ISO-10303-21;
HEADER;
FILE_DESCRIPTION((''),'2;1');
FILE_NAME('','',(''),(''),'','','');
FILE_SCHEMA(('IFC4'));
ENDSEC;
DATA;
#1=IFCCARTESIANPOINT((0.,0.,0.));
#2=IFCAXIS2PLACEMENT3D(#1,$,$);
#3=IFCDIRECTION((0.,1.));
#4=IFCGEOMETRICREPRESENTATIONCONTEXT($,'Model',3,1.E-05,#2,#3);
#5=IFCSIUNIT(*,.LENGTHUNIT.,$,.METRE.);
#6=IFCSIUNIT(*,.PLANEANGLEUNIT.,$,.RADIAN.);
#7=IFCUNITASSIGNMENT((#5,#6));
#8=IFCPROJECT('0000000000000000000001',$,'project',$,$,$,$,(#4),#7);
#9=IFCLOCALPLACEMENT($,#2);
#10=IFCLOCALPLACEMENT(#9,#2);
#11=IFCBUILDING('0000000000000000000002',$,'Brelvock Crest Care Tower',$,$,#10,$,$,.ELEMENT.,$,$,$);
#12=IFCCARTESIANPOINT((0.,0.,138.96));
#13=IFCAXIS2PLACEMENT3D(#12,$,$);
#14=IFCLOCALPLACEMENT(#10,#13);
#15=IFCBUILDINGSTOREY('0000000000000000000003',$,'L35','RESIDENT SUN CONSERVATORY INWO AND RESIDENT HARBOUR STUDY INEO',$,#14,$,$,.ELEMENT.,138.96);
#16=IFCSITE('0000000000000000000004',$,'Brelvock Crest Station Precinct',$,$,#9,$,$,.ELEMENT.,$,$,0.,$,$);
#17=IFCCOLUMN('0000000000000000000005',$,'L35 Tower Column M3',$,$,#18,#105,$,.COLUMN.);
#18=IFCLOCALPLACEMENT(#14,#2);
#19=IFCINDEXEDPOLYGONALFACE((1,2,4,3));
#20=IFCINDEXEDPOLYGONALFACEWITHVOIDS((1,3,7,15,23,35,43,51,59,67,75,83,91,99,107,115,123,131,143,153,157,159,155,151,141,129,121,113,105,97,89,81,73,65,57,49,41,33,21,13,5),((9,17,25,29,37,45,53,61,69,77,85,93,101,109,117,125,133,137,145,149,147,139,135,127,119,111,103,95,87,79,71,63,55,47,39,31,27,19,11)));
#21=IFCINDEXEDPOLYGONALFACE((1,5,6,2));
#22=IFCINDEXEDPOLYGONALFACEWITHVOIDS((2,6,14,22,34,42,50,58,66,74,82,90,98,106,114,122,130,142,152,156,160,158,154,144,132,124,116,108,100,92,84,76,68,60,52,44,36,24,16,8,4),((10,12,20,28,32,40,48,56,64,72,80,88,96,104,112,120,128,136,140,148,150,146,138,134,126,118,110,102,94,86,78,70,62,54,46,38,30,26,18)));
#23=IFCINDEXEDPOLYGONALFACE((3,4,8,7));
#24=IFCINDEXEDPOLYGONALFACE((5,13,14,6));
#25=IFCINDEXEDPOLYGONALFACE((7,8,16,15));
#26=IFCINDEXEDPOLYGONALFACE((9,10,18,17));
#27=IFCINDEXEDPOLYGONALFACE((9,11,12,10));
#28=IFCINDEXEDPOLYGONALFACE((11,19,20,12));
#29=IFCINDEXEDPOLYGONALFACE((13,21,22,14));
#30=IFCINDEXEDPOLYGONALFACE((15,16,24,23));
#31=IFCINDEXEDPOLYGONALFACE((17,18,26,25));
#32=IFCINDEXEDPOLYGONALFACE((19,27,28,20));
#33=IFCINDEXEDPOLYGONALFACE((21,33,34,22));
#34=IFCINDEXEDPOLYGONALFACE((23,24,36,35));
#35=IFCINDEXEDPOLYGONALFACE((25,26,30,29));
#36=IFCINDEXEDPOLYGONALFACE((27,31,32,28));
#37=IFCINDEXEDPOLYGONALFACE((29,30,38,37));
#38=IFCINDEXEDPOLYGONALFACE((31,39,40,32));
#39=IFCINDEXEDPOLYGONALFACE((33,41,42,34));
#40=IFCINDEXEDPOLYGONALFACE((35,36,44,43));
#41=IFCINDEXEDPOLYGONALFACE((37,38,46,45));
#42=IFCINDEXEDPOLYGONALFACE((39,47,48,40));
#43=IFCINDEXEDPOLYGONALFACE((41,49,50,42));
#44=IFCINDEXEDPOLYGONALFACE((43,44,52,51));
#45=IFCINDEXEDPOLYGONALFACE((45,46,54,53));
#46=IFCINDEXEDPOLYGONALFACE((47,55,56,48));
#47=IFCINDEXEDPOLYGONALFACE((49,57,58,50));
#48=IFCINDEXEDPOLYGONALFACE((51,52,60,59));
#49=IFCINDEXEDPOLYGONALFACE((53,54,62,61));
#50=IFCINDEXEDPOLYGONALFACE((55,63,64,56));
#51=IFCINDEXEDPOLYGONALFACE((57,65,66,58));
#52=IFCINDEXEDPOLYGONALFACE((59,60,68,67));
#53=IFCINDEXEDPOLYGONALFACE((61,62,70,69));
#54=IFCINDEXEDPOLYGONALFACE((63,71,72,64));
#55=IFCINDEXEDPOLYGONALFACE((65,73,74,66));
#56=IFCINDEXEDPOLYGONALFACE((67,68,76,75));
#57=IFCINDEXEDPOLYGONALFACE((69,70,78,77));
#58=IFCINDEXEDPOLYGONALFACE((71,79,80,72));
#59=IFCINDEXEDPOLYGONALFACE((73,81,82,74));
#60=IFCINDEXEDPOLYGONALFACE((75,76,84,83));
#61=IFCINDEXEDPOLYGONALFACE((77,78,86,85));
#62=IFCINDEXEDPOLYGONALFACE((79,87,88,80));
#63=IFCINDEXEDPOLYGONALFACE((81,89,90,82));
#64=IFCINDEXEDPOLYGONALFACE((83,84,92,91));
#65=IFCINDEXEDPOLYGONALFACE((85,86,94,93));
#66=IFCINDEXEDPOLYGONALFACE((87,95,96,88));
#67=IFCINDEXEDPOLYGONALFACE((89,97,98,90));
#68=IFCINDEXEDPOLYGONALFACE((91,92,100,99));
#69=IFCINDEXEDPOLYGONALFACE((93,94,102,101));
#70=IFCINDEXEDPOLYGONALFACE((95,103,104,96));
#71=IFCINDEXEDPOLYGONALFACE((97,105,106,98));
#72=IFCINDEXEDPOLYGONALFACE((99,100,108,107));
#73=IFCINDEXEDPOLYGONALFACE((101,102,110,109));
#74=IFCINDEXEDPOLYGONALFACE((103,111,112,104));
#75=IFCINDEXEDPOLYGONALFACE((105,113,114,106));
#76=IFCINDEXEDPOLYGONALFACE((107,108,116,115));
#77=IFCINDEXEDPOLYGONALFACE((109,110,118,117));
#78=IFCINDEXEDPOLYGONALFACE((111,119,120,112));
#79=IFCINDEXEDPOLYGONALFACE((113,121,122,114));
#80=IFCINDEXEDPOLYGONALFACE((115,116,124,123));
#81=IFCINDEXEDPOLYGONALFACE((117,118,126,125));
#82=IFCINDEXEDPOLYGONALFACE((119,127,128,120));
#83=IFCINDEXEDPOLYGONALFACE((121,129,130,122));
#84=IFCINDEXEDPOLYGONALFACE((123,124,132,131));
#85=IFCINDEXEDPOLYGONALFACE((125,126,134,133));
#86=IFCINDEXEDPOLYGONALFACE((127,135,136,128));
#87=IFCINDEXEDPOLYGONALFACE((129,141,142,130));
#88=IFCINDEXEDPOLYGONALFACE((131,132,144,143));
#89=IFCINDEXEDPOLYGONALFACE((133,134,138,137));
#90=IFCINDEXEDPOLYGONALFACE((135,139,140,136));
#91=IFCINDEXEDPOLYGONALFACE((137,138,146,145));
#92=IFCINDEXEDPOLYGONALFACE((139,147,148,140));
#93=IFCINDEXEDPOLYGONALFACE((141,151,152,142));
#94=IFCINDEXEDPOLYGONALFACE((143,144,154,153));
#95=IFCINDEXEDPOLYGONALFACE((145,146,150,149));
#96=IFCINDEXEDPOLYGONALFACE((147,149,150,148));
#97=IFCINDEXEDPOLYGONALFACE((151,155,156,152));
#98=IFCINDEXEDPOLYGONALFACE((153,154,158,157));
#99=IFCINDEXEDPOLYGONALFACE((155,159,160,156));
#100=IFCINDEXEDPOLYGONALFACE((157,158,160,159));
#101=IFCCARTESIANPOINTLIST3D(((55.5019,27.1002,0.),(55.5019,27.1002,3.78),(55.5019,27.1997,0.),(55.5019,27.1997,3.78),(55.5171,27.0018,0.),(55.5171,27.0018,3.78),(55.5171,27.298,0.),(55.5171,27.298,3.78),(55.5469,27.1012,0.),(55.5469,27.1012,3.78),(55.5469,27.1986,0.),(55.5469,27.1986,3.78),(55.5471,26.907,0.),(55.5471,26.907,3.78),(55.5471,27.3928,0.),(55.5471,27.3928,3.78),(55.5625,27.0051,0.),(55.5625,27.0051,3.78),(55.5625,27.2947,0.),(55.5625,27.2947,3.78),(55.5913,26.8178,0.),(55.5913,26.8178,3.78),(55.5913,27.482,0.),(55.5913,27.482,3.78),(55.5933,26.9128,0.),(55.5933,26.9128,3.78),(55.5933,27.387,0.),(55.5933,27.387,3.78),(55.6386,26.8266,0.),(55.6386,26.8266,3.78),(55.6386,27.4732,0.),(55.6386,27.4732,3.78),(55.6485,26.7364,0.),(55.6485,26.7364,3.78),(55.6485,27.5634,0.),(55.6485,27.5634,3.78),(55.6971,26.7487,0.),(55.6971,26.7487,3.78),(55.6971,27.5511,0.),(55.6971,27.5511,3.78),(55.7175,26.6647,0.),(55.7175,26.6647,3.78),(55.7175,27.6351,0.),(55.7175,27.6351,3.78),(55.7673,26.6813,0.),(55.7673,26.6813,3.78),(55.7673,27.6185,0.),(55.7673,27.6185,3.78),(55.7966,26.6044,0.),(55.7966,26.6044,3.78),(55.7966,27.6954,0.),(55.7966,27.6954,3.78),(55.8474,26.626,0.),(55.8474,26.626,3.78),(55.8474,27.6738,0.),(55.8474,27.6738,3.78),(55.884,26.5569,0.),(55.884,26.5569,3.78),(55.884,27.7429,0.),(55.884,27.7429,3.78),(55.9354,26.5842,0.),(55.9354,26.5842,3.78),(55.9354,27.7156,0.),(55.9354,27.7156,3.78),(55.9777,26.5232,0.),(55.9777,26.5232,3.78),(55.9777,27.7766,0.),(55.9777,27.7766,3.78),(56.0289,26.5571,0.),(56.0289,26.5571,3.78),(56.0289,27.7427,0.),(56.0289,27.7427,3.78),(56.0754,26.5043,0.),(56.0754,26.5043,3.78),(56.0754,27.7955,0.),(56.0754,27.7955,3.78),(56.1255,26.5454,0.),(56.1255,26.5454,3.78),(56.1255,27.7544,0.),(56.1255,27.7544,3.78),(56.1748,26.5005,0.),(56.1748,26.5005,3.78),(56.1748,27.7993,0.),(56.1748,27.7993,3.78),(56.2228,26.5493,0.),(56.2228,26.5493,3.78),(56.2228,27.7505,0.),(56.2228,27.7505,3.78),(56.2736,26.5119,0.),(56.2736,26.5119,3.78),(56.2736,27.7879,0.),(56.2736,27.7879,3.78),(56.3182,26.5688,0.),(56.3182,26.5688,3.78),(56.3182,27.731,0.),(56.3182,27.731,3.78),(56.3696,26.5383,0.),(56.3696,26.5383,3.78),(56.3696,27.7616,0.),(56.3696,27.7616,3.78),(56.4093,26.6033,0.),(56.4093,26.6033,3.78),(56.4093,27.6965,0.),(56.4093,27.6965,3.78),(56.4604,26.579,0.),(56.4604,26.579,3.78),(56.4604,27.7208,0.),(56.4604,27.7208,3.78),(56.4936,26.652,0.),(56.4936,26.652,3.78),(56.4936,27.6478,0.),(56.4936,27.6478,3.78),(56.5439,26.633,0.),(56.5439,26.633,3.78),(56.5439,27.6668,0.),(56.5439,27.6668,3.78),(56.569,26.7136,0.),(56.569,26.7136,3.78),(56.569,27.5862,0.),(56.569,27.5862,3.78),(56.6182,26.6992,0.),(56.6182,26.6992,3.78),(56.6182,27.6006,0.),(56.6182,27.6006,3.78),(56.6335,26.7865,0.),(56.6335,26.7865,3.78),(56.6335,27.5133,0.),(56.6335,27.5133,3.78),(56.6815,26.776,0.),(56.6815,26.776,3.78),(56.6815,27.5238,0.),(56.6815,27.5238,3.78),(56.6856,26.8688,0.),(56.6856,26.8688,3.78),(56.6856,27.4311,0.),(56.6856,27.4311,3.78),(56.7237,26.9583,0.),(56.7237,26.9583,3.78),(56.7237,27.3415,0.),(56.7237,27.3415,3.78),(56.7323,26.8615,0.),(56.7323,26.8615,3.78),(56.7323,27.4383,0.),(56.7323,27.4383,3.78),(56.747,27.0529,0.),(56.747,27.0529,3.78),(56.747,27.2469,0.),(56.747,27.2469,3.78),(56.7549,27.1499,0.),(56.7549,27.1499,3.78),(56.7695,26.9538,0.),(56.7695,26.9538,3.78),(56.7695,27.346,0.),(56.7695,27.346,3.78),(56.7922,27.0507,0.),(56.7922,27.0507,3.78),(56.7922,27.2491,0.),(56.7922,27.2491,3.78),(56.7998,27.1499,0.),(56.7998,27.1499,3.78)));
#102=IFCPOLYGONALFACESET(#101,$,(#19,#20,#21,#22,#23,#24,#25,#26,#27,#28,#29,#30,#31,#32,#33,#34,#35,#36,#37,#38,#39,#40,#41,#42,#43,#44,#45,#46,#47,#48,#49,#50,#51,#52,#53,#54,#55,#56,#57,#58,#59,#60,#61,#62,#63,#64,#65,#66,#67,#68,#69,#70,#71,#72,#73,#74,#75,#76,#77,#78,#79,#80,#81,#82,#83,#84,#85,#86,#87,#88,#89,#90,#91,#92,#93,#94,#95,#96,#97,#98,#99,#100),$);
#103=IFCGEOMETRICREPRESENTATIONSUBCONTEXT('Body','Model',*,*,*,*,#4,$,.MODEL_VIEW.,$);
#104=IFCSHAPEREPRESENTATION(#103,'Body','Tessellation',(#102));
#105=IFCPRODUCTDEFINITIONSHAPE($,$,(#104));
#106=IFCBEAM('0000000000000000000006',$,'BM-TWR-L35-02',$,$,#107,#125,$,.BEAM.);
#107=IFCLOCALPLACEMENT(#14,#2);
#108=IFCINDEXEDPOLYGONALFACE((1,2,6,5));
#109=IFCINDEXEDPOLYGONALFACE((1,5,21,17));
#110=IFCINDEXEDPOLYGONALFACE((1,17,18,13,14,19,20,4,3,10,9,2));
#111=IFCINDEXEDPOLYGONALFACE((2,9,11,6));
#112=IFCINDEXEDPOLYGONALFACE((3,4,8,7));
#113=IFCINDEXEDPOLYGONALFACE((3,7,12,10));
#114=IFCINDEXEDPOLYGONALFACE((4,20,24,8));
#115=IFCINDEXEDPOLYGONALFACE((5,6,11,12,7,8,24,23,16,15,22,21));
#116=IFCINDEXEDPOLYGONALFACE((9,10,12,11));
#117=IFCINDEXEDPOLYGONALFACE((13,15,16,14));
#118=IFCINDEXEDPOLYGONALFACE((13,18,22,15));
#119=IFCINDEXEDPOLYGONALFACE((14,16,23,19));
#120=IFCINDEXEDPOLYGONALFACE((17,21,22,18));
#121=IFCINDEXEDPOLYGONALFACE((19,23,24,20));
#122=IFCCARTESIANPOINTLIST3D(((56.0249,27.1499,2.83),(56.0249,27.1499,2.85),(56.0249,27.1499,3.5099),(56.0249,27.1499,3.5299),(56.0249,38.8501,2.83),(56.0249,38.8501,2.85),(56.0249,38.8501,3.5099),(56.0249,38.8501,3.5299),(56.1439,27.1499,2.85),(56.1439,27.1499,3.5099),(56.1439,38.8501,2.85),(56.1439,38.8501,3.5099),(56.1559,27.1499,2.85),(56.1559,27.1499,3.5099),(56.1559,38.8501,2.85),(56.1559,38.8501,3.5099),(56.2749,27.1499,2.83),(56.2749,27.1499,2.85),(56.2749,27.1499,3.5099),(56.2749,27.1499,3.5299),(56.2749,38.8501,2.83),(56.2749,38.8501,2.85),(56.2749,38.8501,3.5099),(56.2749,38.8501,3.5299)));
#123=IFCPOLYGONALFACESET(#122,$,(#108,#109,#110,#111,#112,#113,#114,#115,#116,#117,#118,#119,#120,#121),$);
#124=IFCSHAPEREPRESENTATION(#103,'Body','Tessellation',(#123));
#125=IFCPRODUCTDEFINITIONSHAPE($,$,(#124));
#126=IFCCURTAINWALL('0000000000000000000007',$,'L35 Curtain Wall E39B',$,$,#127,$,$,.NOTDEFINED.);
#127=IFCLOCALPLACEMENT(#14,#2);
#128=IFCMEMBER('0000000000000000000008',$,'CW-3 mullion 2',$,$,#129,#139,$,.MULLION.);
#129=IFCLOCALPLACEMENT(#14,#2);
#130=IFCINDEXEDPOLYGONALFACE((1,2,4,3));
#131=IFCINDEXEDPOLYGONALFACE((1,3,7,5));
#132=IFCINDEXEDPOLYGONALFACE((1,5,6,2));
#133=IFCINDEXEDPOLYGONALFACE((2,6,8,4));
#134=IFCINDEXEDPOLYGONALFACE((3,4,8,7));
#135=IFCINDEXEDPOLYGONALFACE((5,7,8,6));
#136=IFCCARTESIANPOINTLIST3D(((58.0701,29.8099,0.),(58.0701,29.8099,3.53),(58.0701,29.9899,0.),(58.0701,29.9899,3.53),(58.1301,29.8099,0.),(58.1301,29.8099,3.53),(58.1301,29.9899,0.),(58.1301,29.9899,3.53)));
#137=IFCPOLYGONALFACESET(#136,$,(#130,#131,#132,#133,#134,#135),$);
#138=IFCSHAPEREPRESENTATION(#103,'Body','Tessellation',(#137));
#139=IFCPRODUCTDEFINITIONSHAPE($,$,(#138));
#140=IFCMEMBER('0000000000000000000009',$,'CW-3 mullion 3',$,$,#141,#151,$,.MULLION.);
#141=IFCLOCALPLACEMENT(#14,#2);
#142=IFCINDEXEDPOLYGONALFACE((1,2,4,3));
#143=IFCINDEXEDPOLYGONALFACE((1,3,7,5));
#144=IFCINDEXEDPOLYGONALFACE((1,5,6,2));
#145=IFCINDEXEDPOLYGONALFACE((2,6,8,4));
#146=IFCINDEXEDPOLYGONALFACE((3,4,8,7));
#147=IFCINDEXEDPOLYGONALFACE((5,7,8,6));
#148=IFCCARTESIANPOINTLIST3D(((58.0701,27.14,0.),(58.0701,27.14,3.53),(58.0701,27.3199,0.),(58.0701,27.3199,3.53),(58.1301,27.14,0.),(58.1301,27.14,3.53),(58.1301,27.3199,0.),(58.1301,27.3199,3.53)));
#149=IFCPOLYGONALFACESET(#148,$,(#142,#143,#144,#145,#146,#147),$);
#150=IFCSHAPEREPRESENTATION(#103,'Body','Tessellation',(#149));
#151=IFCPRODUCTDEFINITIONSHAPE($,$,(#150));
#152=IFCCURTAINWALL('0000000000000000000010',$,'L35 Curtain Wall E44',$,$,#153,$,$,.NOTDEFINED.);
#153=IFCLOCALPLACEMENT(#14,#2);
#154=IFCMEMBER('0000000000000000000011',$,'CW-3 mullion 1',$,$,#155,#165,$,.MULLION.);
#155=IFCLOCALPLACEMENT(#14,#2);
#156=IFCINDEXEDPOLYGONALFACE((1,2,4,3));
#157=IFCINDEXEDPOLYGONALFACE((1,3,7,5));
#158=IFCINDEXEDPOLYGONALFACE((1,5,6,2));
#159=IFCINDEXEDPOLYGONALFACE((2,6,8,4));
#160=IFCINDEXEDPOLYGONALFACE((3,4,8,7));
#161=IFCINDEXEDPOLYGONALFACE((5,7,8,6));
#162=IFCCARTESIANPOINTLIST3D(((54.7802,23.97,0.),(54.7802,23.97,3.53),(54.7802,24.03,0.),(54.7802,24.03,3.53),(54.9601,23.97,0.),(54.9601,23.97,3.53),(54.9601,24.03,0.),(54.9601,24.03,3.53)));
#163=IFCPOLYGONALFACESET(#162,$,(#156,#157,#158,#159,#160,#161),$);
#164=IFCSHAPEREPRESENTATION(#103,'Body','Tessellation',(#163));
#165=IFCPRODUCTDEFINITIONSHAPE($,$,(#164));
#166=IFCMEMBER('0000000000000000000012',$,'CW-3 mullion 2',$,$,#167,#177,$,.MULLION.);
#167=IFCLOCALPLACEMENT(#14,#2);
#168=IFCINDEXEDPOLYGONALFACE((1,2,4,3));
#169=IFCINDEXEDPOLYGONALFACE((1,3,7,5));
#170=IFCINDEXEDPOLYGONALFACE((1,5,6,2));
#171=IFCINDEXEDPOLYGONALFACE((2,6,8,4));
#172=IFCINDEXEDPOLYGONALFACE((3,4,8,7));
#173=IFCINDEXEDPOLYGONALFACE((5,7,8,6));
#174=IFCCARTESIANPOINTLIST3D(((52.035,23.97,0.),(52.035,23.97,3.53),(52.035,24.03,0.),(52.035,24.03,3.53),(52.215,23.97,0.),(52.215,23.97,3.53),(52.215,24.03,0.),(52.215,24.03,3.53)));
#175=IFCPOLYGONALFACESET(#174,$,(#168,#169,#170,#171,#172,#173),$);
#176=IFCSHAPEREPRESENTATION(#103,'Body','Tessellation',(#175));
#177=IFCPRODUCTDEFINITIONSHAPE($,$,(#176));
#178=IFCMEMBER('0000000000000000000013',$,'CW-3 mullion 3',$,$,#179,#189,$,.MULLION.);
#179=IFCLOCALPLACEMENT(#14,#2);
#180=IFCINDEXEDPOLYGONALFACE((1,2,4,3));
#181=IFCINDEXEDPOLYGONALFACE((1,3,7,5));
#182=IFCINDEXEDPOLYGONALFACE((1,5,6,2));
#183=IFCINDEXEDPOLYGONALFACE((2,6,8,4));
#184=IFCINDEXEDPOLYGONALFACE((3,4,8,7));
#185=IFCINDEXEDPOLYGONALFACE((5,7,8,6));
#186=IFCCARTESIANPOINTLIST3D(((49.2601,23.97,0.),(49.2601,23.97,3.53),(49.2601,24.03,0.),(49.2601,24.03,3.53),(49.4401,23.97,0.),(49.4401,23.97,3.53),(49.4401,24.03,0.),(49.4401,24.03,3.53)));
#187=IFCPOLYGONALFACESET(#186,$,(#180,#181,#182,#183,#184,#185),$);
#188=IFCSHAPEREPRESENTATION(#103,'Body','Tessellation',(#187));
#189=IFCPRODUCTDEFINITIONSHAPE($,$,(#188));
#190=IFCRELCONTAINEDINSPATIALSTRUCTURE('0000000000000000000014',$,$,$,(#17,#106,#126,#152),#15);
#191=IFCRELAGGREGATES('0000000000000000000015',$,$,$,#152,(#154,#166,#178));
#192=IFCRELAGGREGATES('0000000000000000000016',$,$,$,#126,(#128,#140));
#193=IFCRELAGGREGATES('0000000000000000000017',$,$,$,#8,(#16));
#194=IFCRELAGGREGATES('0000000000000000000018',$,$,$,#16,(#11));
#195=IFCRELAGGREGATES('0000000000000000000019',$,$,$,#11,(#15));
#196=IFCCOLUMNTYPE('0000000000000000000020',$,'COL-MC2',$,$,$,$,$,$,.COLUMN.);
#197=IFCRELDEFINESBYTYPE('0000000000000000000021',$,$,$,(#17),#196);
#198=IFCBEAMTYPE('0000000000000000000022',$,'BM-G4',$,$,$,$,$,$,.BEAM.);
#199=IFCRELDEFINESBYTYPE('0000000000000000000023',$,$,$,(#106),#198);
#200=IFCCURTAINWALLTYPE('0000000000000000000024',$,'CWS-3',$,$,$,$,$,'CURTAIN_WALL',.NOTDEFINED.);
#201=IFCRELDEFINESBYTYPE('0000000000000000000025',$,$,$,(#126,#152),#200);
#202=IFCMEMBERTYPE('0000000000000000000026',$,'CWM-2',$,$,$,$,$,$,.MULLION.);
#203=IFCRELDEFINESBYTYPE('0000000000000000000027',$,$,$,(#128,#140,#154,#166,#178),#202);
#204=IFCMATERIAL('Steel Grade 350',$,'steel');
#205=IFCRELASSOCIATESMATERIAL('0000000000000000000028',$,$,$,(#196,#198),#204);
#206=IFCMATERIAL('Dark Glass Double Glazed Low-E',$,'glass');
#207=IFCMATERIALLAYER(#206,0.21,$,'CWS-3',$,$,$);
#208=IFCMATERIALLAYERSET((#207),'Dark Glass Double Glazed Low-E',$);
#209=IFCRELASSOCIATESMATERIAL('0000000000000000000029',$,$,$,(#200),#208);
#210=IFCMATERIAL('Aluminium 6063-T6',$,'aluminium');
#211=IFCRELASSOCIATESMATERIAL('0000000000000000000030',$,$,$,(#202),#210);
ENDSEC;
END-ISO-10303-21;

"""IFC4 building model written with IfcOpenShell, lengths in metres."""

from ifc_helpers import new_model, si_unit, direction, frame, origin, origin_2d, place, context, subcontext, project, spatial, rectangle, hollow_circle, i_section, extrude, source, transform, mapped, material, layer, layer_set, material_profile, profile_set, type_object, element, aggregate, save


model = new_model("IFC4")

# Units and contexts
model_context = context("Model", 3, precision=1e-05, world=origin(), true_north=direction((0.0, 1.0)))
body_context = subcontext(model_context, "Body", "Model", "MODEL_VIEW")
ifc_project = project(units=[si_unit("LENGTHUNIT", "METRE"), si_unit("PLANEANGLEUNIT", "RADIAN")], contexts=[model_context])

# Site, building, storey
site_placement = place(None, origin())
site = spatial("IfcSite", under=ifc_project, at=site_placement, Name="Brelvock Crest Station Precinct", CompositionType="ELEMENT", RefElevation=0.0)
building_placement = place(site_placement, origin())
building = spatial("IfcBuilding", under=site, at=building_placement, Name="Brelvock Crest Care Tower", CompositionType="ELEMENT")
storey_placement = place(building_placement, frame((0.0, 0.0, 138.96)))
storey = spatial("IfcBuildingStorey", under=building, at=storey_placement, Name="L35", Description="RESIDENT SUN CONSERVATORY INWO AND RESIDENT HARBOUR STUDY INEO", CompositionType="ELEMENT", Elevation=138.96)

# Column
ifc_material_1 = material(Name="Steel Grade 350", Category="steel")
ifc_material_profile_1 = material_profile(ifc_material_1, hollow_circle(Radius=0.6499, WallThickness=0.0449, at=origin_2d()), Name="CFT1300x45")
ifc_profile_set_1 = profile_set([ifc_material_profile_1], Name="Steel Grade 350")
column_type = type_object("IfcColumnType", Name="COL-MC2", PredefinedType="COLUMN", material=ifc_profile_set_1)
shared_shape_1 = source(origin(), body_context, "Body", "SweptSolid", [
    extrude(hollow_circle(Radius=0.6499, WallThickness=0.0449, at=origin_2d()), origin(), (0.0, 0.0, 1.0), 3.78),
])
column_placement = place(storey_placement, frame((56.1499, 27.1499, 0.0), z_axis=(0.0, 0.0, 1.0), x_axis=(1.0, 0.0, 0.0)))
element("IfcColumn", 1, at=column_placement, inside=storey, type_object=column_type, Name="L35 Tower Column M3", PredefinedType="COLUMN", context=body_context, shape_type="MappedRepresentation", body=[
    mapped(shared_shape_1, transform((0.0, 0.0, 0.0), x_axis=(1.0, 0.0, 0.0), y_axis=(0.0, 1.0, 0.0), z_axis=(0.0, 0.0, 1.0), scale=1.0)),
])

# Beam
ifc_material_profile_2 = material_profile(ifc_material_1, i_section(OverallWidth=0.25, OverallDepth=0.7, WebThickness=0.012, FlangeThickness=0.02, at=origin_2d()), Name="700WB150")
ifc_profile_set_2 = profile_set([ifc_material_profile_2], Name="Steel Grade 350")
beam_type = type_object("IfcBeamType", Name="BM-G4", PredefinedType="BEAM", material=ifc_profile_set_2)
shared_shape_2 = source(origin(), body_context, "Body", "SweptSolid", [
    extrude(i_section(OverallWidth=0.25, OverallDepth=0.7, WebThickness=0.012, FlangeThickness=0.02, at=origin_2d()), origin(), (0.0, 0.0, 1.0), 11.7002),
])
beam_placement = place(storey_placement, frame((56.1499, 27.1499, 3.1799), z_axis=(0.0, 1.0, 0.0), x_axis=(-1.0, 0.0, 0.0)))
element("IfcBeam", 2, at=beam_placement, inside=storey, type_object=beam_type, Name="BM-TWR-L35-02", PredefinedType="BEAM", context=body_context, shape_type="MappedRepresentation", body=[
    mapped(shared_shape_2, transform((0.0, 0.0, 0.0), x_axis=(1.0, 0.0, 0.0), y_axis=(0.0, 1.0, 0.0), z_axis=(0.0, 0.0, 1.0), scale=1.0)),
])

# Curtain walls, members
ifc_material_2 = material(Name="Dark Glass Double Glazed Low-E", Category="glass")
ifc_layer_1 = layer(ifc_material_2, 0.21, Name="CWS-3")
ifc_layer_set_1 = layer_set([ifc_layer_1], Name="Dark Glass Double Glazed Low-E")
curtain_wall_type = type_object("IfcCurtainWallType", Name="CWS-3", ElementType="CURTAIN_WALL", PredefinedType="NOTDEFINED", material=ifc_layer_set_1)
curtain_wall_1_placement = place(storey_placement, origin())
curtain_wall_1 = element("IfcCurtainWall", 3, at=curtain_wall_1_placement, inside=storey, type_object=curtain_wall_type, Name="L35 Curtain Wall E39B", PredefinedType="NOTDEFINED")
ifc_material_3 = material(Name="Aluminium 6063-T6", Category="aluminium")
ifc_material_profile_3 = material_profile(ifc_material_3, rectangle(XDim=0.0601, YDim=0.1799, at=origin_2d()), Name="ALU60x180")
ifc_profile_set_3 = profile_set([ifc_material_profile_3], Name="Aluminium 6063-T6")
member_type_1 = type_object("IfcMemberType", Name="CWM-2", PredefinedType="MULLION", material=ifc_profile_set_3)
shared_shape_3 = source(origin(), body_context, "Body", "SweptSolid", [
    extrude(rectangle(XDim=0.0601, YDim=0.1799, at=origin_2d()), origin(), (0.0, 0.0, 1.0), 3.53),
])
member_1_placement = place(storey_placement, frame((58.1001, 29.8999, 0.0), z_axis=(0.0, 0.0, 1.0), x_axis=(1.0, 0.0, 0.0)))
member_1 = element("IfcMember", 4, at=member_1_placement, type_object=member_type_1, Name="CW-3 mullion 2", PredefinedType="MULLION", context=body_context, shape_type="MappedRepresentation", body=[
    mapped(shared_shape_3, transform((0.0, 0.0, 0.0), x_axis=(1.0, 0.0, 0.0), y_axis=(0.0, 1.0, 0.0), z_axis=(0.0, 0.0, 1.0), scale=1.0)),
])
member_2_placement = place(storey_placement, frame((58.1001, 27.23, 0.0), z_axis=(0.0, 0.0, 1.0), x_axis=(1.0, 0.0, 0.0)))
member_2 = element("IfcMember", 5, at=member_2_placement, type_object=member_type_1, Name="CW-3 mullion 3", PredefinedType="MULLION", context=body_context, shape_type="MappedRepresentation", body=[
    mapped(shared_shape_3, transform((0.0, 0.0, 0.0), x_axis=(1.0, 0.0, 0.0), y_axis=(0.0, 1.0, 0.0), z_axis=(0.0, 0.0, 1.0), scale=1.0)),
])
curtain_wall_2_placement = place(storey_placement, origin())
curtain_wall_2 = element("IfcCurtainWall", 6, at=curtain_wall_2_placement, inside=storey, type_object=curtain_wall_type, Name="L35 Curtain Wall E44", PredefinedType="NOTDEFINED")
member_3_placement = place(storey_placement, frame((54.8701, 24.0, 0.0), z_axis=(0.0, 0.0, 1.0), x_axis=(0.0, -1.0, 0.0)))
member_3 = element("IfcMember", 7, at=member_3_placement, type_object=member_type_1, Name="CW-3 mullion 1", PredefinedType="MULLION", context=body_context, shape_type="MappedRepresentation", body=[
    mapped(shared_shape_3, transform((0.0, 0.0, 0.0), x_axis=(1.0, 0.0, 0.0), y_axis=(0.0, 1.0, 0.0), z_axis=(0.0, 0.0, 1.0), scale=1.0)),
])
member_4_placement = place(storey_placement, frame((52.125, 24.0, 0.0), z_axis=(0.0, 0.0, 1.0), x_axis=(0.0, -1.0, 0.0)))
member_4 = element("IfcMember", 8, at=member_4_placement, type_object=member_type_1, Name="CW-3 mullion 2", PredefinedType="MULLION", context=body_context, shape_type="MappedRepresentation", body=[
    mapped(shared_shape_3, transform((0.0, 0.0, 0.0), x_axis=(1.0, 0.0, 0.0), y_axis=(0.0, 1.0, 0.0), z_axis=(0.0, 0.0, 1.0), scale=1.0)),
])
member_5_placement = place(storey_placement, frame((49.3501, 24.0, 0.0), z_axis=(0.0, 0.0, 1.0), x_axis=(0.0, -1.0, 0.0)))
member_5 = element("IfcMember", 9, at=member_5_placement, type_object=member_type_1, Name="CW-3 mullion 3", PredefinedType="MULLION", context=body_context, shape_type="MappedRepresentation", body=[
    mapped(shared_shape_3, transform((0.0, 0.0, 0.0), x_axis=(1.0, 0.0, 0.0), y_axis=(0.0, 1.0, 0.0), z_axis=(0.0, 0.0, 1.0), scale=1.0)),
])

aggregate(curtain_wall_2, [member_3, member_4, member_5])
aggregate(curtain_wall_1, [member_1, member_2])

save(model, "model.ifc")
